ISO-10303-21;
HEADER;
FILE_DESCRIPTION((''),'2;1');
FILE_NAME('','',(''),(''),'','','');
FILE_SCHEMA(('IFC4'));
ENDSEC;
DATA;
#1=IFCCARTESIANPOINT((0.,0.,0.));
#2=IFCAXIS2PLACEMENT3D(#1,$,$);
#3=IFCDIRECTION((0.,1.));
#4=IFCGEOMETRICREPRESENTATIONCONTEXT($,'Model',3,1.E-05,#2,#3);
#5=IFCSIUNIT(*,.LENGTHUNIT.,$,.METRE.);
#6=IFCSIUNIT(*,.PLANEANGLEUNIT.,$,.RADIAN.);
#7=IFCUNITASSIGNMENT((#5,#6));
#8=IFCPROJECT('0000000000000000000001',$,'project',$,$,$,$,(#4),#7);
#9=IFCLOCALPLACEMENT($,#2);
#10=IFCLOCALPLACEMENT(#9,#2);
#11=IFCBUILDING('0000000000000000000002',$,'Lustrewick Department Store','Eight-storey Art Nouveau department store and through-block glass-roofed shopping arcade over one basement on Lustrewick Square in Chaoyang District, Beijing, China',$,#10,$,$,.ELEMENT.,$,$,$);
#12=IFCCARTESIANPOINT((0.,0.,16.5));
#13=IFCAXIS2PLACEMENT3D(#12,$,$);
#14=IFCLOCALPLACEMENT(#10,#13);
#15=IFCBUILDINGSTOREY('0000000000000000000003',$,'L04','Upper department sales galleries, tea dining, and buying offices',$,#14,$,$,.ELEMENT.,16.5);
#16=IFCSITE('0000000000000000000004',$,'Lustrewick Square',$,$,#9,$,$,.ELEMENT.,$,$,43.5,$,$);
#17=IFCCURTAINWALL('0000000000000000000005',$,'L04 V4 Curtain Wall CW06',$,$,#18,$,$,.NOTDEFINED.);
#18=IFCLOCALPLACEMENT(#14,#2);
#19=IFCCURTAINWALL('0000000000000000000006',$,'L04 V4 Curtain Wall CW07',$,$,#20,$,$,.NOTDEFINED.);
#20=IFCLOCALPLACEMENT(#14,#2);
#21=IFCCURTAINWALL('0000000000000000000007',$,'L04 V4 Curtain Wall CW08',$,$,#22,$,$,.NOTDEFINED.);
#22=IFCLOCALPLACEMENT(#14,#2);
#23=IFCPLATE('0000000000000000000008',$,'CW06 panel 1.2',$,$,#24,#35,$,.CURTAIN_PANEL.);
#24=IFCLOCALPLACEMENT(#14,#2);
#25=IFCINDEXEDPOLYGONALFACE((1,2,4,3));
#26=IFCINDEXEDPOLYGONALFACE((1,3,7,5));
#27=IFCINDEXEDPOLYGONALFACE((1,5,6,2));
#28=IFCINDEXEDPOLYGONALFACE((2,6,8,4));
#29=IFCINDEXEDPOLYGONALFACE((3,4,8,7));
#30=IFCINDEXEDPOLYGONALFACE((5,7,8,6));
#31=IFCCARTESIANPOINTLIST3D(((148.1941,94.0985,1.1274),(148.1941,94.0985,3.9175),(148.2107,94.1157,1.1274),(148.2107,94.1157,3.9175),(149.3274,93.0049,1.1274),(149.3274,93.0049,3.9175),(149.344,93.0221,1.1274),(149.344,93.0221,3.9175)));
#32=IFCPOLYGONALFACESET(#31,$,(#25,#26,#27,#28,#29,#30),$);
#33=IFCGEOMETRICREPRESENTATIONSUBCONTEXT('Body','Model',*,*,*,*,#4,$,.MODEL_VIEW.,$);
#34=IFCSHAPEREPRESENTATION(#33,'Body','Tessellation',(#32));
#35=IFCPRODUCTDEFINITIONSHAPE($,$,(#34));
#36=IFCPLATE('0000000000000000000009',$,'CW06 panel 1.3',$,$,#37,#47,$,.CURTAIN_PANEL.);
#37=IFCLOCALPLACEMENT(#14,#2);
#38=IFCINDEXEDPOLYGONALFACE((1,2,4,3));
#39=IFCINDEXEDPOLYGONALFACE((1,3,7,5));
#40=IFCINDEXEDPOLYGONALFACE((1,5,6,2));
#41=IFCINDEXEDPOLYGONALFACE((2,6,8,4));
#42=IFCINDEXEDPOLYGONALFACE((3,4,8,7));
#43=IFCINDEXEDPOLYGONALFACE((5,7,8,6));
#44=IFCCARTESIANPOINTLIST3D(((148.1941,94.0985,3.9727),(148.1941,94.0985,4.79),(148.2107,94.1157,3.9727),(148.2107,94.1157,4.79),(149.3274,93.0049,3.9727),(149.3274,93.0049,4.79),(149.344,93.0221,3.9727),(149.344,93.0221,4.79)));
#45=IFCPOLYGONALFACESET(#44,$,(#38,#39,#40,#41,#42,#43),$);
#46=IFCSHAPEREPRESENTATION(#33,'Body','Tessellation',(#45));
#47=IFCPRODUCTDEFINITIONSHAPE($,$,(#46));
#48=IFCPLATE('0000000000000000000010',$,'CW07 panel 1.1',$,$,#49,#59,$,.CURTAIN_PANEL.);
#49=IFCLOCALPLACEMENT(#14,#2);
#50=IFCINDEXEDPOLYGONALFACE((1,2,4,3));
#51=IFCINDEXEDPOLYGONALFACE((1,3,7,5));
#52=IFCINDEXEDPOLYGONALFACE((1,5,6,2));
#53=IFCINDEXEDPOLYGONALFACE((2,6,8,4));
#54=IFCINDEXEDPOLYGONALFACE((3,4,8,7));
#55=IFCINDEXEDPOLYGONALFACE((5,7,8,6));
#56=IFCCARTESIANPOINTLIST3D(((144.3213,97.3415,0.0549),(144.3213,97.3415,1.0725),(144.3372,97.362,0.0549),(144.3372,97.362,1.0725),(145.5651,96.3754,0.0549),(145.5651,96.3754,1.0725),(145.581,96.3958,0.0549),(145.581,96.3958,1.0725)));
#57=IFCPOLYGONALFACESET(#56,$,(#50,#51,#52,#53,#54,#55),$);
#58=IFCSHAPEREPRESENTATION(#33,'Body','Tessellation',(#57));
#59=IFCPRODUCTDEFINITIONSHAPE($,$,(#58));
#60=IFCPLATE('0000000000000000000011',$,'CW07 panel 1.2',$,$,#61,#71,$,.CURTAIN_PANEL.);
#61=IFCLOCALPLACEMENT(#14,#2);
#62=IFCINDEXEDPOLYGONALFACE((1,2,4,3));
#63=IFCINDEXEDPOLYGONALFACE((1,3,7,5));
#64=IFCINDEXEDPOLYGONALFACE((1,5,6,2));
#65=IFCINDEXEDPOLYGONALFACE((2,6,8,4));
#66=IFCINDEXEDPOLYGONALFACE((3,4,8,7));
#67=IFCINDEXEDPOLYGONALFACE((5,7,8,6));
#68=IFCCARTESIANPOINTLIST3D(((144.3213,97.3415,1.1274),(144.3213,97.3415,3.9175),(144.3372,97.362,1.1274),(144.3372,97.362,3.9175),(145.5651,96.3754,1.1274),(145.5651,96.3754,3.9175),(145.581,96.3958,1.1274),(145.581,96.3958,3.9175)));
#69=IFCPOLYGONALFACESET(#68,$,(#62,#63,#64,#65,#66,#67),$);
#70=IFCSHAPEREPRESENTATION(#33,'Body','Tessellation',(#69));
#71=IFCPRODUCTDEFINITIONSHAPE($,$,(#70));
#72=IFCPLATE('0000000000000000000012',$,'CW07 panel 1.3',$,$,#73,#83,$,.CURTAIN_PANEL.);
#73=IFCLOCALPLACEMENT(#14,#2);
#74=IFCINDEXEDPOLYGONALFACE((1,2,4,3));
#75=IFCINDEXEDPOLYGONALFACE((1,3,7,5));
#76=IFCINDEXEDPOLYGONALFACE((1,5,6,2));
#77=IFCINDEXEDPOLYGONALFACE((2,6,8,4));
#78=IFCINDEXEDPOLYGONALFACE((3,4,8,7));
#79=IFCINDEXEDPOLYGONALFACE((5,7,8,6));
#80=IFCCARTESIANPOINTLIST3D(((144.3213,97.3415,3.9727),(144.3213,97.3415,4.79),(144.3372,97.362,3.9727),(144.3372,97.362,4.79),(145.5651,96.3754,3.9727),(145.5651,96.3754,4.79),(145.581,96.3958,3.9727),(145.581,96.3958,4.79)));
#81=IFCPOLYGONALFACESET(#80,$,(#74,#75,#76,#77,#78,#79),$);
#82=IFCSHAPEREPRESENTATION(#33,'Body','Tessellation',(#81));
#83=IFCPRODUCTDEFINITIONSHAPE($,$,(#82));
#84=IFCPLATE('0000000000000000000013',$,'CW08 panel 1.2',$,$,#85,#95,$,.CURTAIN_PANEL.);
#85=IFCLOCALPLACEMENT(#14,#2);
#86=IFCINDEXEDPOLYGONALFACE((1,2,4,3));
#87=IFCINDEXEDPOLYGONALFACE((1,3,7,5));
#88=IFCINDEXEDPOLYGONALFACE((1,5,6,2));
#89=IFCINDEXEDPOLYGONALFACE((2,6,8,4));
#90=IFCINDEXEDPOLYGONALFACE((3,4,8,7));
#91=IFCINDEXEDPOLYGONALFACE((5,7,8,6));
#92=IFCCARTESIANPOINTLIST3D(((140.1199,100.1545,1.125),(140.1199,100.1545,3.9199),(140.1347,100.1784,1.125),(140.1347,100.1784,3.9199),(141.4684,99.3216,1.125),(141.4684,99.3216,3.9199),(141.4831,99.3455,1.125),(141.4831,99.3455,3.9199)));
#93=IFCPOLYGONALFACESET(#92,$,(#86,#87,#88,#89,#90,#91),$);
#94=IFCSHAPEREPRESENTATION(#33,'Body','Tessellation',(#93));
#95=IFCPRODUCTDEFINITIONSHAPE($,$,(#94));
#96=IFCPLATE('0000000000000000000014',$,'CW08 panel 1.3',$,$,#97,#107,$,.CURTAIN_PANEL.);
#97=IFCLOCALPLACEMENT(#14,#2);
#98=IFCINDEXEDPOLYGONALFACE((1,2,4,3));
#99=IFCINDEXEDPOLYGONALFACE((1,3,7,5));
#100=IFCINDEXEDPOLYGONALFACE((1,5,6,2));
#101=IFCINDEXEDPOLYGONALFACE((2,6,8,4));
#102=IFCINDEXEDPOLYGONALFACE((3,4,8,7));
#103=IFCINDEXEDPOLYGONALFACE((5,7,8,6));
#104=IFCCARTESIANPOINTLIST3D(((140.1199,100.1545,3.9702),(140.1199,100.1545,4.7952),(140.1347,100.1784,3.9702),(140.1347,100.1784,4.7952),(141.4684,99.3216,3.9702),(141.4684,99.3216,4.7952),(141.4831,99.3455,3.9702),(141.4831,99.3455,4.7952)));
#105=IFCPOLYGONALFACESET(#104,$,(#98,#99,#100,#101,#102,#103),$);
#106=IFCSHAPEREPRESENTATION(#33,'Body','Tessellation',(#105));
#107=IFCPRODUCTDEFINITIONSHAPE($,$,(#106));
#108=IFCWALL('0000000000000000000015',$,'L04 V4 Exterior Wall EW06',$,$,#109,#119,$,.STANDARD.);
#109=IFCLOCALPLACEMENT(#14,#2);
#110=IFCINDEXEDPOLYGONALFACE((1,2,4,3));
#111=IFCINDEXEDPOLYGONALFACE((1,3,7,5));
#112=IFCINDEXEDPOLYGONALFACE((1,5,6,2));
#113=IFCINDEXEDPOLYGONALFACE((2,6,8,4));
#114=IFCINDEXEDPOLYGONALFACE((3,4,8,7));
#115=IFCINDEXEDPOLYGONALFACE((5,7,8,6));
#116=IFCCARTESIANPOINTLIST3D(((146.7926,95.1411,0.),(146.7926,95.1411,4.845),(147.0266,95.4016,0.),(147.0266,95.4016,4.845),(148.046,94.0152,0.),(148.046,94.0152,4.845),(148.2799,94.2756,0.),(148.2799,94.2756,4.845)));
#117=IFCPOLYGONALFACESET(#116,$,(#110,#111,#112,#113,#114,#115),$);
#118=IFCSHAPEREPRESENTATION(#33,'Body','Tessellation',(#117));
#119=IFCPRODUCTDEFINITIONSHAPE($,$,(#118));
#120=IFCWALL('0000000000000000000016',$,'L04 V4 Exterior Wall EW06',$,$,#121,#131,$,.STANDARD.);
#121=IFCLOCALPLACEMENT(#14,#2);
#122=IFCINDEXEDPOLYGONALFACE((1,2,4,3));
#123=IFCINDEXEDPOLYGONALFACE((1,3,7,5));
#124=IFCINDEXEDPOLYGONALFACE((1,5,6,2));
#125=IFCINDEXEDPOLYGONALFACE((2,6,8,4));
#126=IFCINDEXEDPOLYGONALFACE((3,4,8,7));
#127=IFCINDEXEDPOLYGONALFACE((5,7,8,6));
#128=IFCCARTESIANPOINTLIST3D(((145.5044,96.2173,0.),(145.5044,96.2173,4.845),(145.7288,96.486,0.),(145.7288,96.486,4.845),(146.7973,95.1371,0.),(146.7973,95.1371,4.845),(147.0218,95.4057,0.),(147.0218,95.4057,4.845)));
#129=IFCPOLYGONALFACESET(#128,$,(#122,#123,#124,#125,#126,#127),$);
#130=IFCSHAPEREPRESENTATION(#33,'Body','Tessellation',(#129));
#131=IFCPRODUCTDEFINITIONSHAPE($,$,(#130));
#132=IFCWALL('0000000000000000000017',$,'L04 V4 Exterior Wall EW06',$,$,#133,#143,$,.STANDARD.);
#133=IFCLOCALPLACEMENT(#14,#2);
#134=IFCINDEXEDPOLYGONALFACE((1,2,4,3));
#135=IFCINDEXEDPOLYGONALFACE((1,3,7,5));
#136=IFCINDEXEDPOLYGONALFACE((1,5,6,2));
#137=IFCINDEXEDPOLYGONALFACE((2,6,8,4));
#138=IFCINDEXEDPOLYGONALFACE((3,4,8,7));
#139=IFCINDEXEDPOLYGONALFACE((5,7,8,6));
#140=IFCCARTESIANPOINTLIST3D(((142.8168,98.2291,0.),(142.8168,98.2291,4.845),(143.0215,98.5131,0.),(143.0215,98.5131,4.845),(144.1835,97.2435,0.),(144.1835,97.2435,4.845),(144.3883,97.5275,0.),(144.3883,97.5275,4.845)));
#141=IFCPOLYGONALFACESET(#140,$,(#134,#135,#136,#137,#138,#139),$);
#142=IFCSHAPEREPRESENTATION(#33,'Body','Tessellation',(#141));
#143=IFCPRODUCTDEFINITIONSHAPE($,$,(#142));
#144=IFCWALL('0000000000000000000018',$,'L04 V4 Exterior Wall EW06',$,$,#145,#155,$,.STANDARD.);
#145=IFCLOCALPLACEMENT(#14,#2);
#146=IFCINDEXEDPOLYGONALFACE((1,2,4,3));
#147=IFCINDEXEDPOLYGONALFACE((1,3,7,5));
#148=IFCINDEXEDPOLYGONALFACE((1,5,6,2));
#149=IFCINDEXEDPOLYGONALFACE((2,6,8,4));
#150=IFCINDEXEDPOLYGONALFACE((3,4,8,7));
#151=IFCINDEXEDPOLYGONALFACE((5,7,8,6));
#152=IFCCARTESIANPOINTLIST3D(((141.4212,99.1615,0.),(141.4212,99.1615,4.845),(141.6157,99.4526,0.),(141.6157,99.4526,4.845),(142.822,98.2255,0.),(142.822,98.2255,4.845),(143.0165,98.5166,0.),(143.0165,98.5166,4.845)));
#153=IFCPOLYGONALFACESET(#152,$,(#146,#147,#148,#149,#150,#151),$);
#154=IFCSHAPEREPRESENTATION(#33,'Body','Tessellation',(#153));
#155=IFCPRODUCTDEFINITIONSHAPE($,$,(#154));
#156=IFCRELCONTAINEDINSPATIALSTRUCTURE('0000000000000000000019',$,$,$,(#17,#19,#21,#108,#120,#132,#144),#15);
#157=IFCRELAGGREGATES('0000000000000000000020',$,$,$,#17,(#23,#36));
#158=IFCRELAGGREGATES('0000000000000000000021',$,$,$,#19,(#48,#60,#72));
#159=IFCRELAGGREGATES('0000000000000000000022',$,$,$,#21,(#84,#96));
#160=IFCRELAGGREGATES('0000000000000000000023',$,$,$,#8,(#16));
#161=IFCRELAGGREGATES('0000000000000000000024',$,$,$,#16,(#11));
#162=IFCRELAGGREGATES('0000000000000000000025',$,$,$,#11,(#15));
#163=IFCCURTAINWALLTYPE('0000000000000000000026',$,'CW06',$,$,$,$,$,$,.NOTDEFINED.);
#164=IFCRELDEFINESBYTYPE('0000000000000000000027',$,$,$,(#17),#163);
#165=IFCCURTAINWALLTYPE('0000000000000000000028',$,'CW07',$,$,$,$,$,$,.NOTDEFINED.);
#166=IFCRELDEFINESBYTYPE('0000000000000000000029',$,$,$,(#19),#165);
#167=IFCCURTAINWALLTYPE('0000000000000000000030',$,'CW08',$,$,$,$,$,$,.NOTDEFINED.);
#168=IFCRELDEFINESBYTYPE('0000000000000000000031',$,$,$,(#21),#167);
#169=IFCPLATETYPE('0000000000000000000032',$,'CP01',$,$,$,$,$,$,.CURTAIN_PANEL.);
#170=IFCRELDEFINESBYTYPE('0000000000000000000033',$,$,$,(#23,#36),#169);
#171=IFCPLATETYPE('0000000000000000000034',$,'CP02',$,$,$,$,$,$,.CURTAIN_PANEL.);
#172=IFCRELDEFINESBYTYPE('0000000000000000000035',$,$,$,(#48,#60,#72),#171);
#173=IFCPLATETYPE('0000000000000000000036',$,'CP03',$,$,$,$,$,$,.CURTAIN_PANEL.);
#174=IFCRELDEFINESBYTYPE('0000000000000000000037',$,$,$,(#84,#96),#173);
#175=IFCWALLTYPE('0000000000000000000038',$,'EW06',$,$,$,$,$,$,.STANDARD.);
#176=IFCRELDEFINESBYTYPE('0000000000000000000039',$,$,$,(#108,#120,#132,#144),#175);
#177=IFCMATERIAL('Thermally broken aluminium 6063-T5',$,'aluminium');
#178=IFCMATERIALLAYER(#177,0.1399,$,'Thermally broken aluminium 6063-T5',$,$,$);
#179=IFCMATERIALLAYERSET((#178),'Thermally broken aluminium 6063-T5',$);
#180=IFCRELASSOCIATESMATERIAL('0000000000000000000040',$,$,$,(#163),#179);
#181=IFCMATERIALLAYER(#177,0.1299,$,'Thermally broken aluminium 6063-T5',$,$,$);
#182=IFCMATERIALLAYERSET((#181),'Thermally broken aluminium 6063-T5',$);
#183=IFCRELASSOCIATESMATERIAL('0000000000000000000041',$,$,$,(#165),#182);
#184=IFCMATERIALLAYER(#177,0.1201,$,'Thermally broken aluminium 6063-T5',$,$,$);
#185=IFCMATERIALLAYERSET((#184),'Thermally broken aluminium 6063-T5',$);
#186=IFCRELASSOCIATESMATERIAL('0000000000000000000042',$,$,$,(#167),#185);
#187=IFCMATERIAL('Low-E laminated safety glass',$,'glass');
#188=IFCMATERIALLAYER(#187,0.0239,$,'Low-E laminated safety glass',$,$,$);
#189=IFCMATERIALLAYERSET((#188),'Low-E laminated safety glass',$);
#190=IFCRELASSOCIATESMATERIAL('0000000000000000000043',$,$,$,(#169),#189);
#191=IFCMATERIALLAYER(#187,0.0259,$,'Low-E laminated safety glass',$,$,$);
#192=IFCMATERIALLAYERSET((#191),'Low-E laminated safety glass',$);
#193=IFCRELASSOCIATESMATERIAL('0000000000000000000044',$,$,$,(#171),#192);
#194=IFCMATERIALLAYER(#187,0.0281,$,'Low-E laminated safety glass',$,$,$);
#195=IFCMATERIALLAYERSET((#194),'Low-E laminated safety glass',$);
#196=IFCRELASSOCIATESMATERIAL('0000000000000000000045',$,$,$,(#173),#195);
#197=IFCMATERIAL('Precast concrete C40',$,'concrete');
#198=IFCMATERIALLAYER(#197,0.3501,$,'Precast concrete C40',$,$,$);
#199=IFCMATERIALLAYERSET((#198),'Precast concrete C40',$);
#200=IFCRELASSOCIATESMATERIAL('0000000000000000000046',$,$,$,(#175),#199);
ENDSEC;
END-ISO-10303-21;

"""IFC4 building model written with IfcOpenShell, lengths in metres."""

from ifc_helpers import new_model, si_unit, direction, frame, frame_2d, origin, origin_2d, place, context, subcontext, project, spatial, rectangle, extrude, material, layer, layer_set, type_object, element, aggregate, save


model = new_model("IFC4")

# Units and contexts
model_context = context("Model", 3, precision=1e-05, world=origin(), true_north=direction((0.0, 1.0)))
body_context = subcontext(model_context, "Body", "Model", "MODEL_VIEW")
ifc_project = project(units=[si_unit("LENGTHUNIT", "METRE"), si_unit("PLANEANGLEUNIT", "RADIAN")], contexts=[model_context])

# Site, building, storey
site_placement = place(None, origin())
site = spatial("IfcSite", under=ifc_project, at=site_placement, Name="Lustrewick Square", CompositionType="ELEMENT", RefElevation=43.5)
building_placement = place(site_placement, origin())
building = spatial("IfcBuilding", under=site, at=building_placement, Name="Lustrewick Department Store", Description="Eight-storey Art Nouveau department store and through-block glass-roofed shopping arcade over one basement on Lustrewick Square in Chaoyang District, Beijing, China", CompositionType="ELEMENT")
storey_placement = place(building_placement, frame((0.0, 0.0, 16.5)))
storey = spatial("IfcBuildingStorey", under=building, at=storey_placement, Name="L04", Description="Upper department sales galleries, tea dining, and buying offices", CompositionType="ELEMENT", Elevation=16.5)

# Curtain walls
ifc_material_1 = material(Name="Thermally broken aluminium 6063-T5", Category="aluminium")
ifc_layer_1 = layer(ifc_material_1, 0.1399, Name="Thermally broken aluminium 6063-T5")
ifc_layer_set_1 = layer_set([ifc_layer_1], Name="Thermally broken aluminium 6063-T5")
curtain_wall_type_1 = type_object("IfcCurtainWallType", Name="CW06", PredefinedType="NOTDEFINED", material=ifc_layer_set_1)
curtain_wall_1_placement = place(storey_placement, origin())
curtain_wall_1 = element("IfcCurtainWall", 1, at=curtain_wall_1_placement, inside=storey, type_object=curtain_wall_type_1, Name="L04 V4 Curtain Wall CW06", PredefinedType="NOTDEFINED")
ifc_layer_2 = layer(ifc_material_1, 0.1299, Name="Thermally broken aluminium 6063-T5")
ifc_layer_set_2 = layer_set([ifc_layer_2], Name="Thermally broken aluminium 6063-T5")
curtain_wall_type_2 = type_object("IfcCurtainWallType", Name="CW07", PredefinedType="NOTDEFINED", material=ifc_layer_set_2)
curtain_wall_2_placement = place(storey_placement, origin())
curtain_wall_2 = element("IfcCurtainWall", 2, at=curtain_wall_2_placement, inside=storey, type_object=curtain_wall_type_2, Name="L04 V4 Curtain Wall CW07", PredefinedType="NOTDEFINED")
ifc_layer_3 = layer(ifc_material_1, 0.1201, Name="Thermally broken aluminium 6063-T5")
ifc_layer_set_3 = layer_set([ifc_layer_3], Name="Thermally broken aluminium 6063-T5")
curtain_wall_type_3 = type_object("IfcCurtainWallType", Name="CW08", PredefinedType="NOTDEFINED", material=ifc_layer_set_3)
curtain_wall_3_placement = place(storey_placement, origin())
curtain_wall_3 = element("IfcCurtainWall", 3, at=curtain_wall_3_placement, inside=storey, type_object=curtain_wall_type_3, Name="L04 V4 Curtain Wall CW08", PredefinedType="NOTDEFINED")

# Plates
ifc_material_2 = material(Name="Low-E laminated safety glass", Category="glass")
ifc_layer_4 = layer(ifc_material_2, 0.0239, Name="Low-E laminated safety glass")
ifc_layer_set_4 = layer_set([ifc_layer_4], Name="Low-E laminated safety glass")
plate_type_1 = type_object("IfcPlateType", Name="CP01", PredefinedType="CURTAIN_PANEL", material=ifc_layer_set_4)
plate_1_placement = place(storey_placement, frame((148.769, 93.5603, 1.1274), z_axis=(0.0, 0.0, 1.0), x_axis=(-0.719606, 0.694383, 0.0)))
plate_1 = element("IfcPlate", 4, at=plate_1_placement, type_object=plate_type_1, Name="CW06 panel 1.2", PredefinedType="CURTAIN_PANEL", context=body_context, shape_type="SweptSolid", body=[
    extrude(rectangle(XDim=1.575, YDim=0.0239, at=origin_2d()), origin(), (0.0, 0.0, 1.0), 2.79),
])
plate_2_placement = place(storey_placement, frame((148.769, 93.5603, 3.9727), z_axis=(0.0, 0.0, 1.0), x_axis=(-0.719606, 0.694383, 0.0)))
plate_2 = element("IfcPlate", 5, at=plate_2_placement, type_object=plate_type_1, Name="CW06 panel 1.3", PredefinedType="CURTAIN_PANEL", context=body_context, shape_type="SweptSolid", body=[
    extrude(rectangle(XDim=1.575, YDim=0.0239, at=origin_2d()), origin(), (0.0, 0.0, 1.0), 0.8174),
])
aggregate(curtain_wall_1, [plate_1, plate_2])
ifc_layer_5 = layer(ifc_material_2, 0.0259, Name="Low-E laminated safety glass")
ifc_layer_set_5 = layer_set([ifc_layer_5], Name="Low-E laminated safety glass")
plate_type_2 = type_object("IfcPlateType", Name="CP02", PredefinedType="CURTAIN_PANEL", material=ifc_layer_set_5)
plate_3_placement = place(storey_placement, frame((144.9512, 96.8687, 0.0549), z_axis=(0.0, 0.0, 1.0), x_axis=(-0.789729, 0.613456, 0.0)))
plate_3 = element("IfcPlate", 6, at=plate_3_placement, type_object=plate_type_2, Name="CW07 panel 1.1", PredefinedType="CURTAIN_PANEL", context=body_context, shape_type="SweptSolid", body=[
    extrude(rectangle(XDim=1.575, YDim=0.0259, at=origin_2d()), origin(), (0.0, 0.0, 1.0), 1.0176),
])
plate_4_placement = place(storey_placement, frame((144.9512, 96.8687, 1.1274), z_axis=(0.0, 0.0, 1.0), x_axis=(-0.789729, 0.613456, 0.0)))
plate_4 = element("IfcPlate", 7, at=plate_4_placement, type_object=plate_type_2, Name="CW07 panel 1.2", PredefinedType="CURTAIN_PANEL", context=body_context, shape_type="SweptSolid", body=[
    extrude(rectangle(XDim=1.575, YDim=0.0259, at=origin_2d()), origin(), (0.0, 0.0, 1.0), 2.79),
])
plate_5_placement = place(storey_placement, frame((144.9512, 96.8687, 3.9727), z_axis=(0.0, 0.0, 1.0), x_axis=(-0.789729, 0.613456, 0.0)))
plate_5 = element("IfcPlate", 8, at=plate_5_placement, type_object=plate_type_2, Name="CW07 panel 1.3", PredefinedType="CURTAIN_PANEL", context=body_context, shape_type="SweptSolid", body=[
    extrude(rectangle(XDim=1.575, YDim=0.0259, at=origin_2d()), origin(), (0.0, 0.0, 1.0), 0.8174),
])
aggregate(curtain_wall_2, [plate_3, plate_4, plate_5])
ifc_layer_6 = layer(ifc_material_2, 0.0281, Name="Low-E laminated safety glass")
ifc_layer_set_6 = layer_set([ifc_layer_6], Name="Low-E laminated safety glass")
plate_type_3 = type_object("IfcPlateType", Name="CP03", PredefinedType="CURTAIN_PANEL", material=ifc_layer_set_6)
plate_6_placement = place(storey_placement, frame((140.8015, 99.75, 1.125), z_axis=(0.0, 0.0, 1.0), x_axis=(-0.850771, 0.525537, 0.0)))
plate_6 = element("IfcPlate", 9, at=plate_6_placement, type_object=plate_type_3, Name="CW08 panel 1.2", PredefinedType="CURTAIN_PANEL", context=body_context, shape_type="SweptSolid", body=[
    extrude(rectangle(XDim=1.585, YDim=0.0281, at=origin_2d()), origin(), (0.0, 0.0, 1.0), 2.7949),
])
plate_7_placement = place(storey_placement, frame((140.8015, 99.75, 3.9702), z_axis=(0.0, 0.0, 1.0), x_axis=(-0.850771, 0.525537, 0.0)))
plate_7 = element("IfcPlate", 10, at=plate_7_placement, type_object=plate_type_3, Name="CW08 panel 1.3", PredefinedType="CURTAIN_PANEL", context=body_context, shape_type="SweptSolid", body=[
    extrude(rectangle(XDim=1.585, YDim=0.0281, at=origin_2d()), origin(), (0.0, 0.0, 1.0), 0.825),
])
aggregate(curtain_wall_3, [plate_6, plate_7])

# Walls
ifc_material_3 = material(Name="Precast concrete C40", Category="concrete")
ifc_layer_7 = layer(ifc_material_3, 0.3501, Name="Precast concrete C40")
ifc_layer_set_7 = layer_set([ifc_layer_7], Name="Precast concrete C40")
wall_type = type_object("IfcWallType", Name="EW06", PredefinedType="STANDARD", material=ifc_layer_set_7)
for number, where, z_axis, x_axis, name in (
    (11, (148.1628, 94.1455, 0.0), (0.0, 0.0, 1.0), (-0.743913, 0.668276, 0.0), "L04 V4 Exterior Wall EW06"),
    (12, (146.9094, 95.2715, 0.0), (0.0, 0.0, 1.0), (-0.767389, 0.641182, 0.0), "L04 V4 Exterior Wall EW06"),
):
    element("IfcWall", number, at=place(storey_placement, frame(where, z_axis=z_axis, x_axis=x_axis)), inside=storey, type_object=wall_type, Name=name, PredefinedType="STANDARD", context=body_context, shape_type="SweptSolid", body=[
        extrude(rectangle(XDim=1.6848, YDim=0.3501, at=frame_2d((0.8423, 0.0))), origin(), (0.0, 0.0, 1.0), 4.845),
    ])
wall_1_placement = place(storey_placement, frame((144.2859, 97.3855, 0.0), z_axis=(0.0, 0.0, 1.0), x_axis=(-0.811092, 0.584919, 0.0)))
element("IfcWall", 13, at=wall_1_placement, inside=storey, type_object=wall_type, Name="L04 V4 Exterior Wall EW06", PredefinedType="STANDARD", context=body_context, shape_type="SweptSolid", body=[
    extrude(rectangle(XDim=1.6851, YDim=0.3501, at=frame_2d((0.8425, 0.0))), origin(), (0.0, 0.0, 1.0), 4.845),
])
wall_2_placement = place(storey_placement, frame((142.9192, 98.3711, 0.0), z_axis=(0.0, 0.0, 1.0), x_axis=(-0.83147, 0.555569, 0.0)))
element("IfcWall", 14, at=wall_2_placement, inside=storey, type_object=wall_type, Name="L04 V4 Exterior Wall EW06", PredefinedType="STANDARD", context=body_context, shape_type="SweptSolid", body=[
    extrude(rectangle(XDim=1.6848, YDim=0.3501, at=frame_2d((0.8423, 0.0))), origin(), (0.0, 0.0, 1.0), 4.845),
])

save(model, "model.ifc")
